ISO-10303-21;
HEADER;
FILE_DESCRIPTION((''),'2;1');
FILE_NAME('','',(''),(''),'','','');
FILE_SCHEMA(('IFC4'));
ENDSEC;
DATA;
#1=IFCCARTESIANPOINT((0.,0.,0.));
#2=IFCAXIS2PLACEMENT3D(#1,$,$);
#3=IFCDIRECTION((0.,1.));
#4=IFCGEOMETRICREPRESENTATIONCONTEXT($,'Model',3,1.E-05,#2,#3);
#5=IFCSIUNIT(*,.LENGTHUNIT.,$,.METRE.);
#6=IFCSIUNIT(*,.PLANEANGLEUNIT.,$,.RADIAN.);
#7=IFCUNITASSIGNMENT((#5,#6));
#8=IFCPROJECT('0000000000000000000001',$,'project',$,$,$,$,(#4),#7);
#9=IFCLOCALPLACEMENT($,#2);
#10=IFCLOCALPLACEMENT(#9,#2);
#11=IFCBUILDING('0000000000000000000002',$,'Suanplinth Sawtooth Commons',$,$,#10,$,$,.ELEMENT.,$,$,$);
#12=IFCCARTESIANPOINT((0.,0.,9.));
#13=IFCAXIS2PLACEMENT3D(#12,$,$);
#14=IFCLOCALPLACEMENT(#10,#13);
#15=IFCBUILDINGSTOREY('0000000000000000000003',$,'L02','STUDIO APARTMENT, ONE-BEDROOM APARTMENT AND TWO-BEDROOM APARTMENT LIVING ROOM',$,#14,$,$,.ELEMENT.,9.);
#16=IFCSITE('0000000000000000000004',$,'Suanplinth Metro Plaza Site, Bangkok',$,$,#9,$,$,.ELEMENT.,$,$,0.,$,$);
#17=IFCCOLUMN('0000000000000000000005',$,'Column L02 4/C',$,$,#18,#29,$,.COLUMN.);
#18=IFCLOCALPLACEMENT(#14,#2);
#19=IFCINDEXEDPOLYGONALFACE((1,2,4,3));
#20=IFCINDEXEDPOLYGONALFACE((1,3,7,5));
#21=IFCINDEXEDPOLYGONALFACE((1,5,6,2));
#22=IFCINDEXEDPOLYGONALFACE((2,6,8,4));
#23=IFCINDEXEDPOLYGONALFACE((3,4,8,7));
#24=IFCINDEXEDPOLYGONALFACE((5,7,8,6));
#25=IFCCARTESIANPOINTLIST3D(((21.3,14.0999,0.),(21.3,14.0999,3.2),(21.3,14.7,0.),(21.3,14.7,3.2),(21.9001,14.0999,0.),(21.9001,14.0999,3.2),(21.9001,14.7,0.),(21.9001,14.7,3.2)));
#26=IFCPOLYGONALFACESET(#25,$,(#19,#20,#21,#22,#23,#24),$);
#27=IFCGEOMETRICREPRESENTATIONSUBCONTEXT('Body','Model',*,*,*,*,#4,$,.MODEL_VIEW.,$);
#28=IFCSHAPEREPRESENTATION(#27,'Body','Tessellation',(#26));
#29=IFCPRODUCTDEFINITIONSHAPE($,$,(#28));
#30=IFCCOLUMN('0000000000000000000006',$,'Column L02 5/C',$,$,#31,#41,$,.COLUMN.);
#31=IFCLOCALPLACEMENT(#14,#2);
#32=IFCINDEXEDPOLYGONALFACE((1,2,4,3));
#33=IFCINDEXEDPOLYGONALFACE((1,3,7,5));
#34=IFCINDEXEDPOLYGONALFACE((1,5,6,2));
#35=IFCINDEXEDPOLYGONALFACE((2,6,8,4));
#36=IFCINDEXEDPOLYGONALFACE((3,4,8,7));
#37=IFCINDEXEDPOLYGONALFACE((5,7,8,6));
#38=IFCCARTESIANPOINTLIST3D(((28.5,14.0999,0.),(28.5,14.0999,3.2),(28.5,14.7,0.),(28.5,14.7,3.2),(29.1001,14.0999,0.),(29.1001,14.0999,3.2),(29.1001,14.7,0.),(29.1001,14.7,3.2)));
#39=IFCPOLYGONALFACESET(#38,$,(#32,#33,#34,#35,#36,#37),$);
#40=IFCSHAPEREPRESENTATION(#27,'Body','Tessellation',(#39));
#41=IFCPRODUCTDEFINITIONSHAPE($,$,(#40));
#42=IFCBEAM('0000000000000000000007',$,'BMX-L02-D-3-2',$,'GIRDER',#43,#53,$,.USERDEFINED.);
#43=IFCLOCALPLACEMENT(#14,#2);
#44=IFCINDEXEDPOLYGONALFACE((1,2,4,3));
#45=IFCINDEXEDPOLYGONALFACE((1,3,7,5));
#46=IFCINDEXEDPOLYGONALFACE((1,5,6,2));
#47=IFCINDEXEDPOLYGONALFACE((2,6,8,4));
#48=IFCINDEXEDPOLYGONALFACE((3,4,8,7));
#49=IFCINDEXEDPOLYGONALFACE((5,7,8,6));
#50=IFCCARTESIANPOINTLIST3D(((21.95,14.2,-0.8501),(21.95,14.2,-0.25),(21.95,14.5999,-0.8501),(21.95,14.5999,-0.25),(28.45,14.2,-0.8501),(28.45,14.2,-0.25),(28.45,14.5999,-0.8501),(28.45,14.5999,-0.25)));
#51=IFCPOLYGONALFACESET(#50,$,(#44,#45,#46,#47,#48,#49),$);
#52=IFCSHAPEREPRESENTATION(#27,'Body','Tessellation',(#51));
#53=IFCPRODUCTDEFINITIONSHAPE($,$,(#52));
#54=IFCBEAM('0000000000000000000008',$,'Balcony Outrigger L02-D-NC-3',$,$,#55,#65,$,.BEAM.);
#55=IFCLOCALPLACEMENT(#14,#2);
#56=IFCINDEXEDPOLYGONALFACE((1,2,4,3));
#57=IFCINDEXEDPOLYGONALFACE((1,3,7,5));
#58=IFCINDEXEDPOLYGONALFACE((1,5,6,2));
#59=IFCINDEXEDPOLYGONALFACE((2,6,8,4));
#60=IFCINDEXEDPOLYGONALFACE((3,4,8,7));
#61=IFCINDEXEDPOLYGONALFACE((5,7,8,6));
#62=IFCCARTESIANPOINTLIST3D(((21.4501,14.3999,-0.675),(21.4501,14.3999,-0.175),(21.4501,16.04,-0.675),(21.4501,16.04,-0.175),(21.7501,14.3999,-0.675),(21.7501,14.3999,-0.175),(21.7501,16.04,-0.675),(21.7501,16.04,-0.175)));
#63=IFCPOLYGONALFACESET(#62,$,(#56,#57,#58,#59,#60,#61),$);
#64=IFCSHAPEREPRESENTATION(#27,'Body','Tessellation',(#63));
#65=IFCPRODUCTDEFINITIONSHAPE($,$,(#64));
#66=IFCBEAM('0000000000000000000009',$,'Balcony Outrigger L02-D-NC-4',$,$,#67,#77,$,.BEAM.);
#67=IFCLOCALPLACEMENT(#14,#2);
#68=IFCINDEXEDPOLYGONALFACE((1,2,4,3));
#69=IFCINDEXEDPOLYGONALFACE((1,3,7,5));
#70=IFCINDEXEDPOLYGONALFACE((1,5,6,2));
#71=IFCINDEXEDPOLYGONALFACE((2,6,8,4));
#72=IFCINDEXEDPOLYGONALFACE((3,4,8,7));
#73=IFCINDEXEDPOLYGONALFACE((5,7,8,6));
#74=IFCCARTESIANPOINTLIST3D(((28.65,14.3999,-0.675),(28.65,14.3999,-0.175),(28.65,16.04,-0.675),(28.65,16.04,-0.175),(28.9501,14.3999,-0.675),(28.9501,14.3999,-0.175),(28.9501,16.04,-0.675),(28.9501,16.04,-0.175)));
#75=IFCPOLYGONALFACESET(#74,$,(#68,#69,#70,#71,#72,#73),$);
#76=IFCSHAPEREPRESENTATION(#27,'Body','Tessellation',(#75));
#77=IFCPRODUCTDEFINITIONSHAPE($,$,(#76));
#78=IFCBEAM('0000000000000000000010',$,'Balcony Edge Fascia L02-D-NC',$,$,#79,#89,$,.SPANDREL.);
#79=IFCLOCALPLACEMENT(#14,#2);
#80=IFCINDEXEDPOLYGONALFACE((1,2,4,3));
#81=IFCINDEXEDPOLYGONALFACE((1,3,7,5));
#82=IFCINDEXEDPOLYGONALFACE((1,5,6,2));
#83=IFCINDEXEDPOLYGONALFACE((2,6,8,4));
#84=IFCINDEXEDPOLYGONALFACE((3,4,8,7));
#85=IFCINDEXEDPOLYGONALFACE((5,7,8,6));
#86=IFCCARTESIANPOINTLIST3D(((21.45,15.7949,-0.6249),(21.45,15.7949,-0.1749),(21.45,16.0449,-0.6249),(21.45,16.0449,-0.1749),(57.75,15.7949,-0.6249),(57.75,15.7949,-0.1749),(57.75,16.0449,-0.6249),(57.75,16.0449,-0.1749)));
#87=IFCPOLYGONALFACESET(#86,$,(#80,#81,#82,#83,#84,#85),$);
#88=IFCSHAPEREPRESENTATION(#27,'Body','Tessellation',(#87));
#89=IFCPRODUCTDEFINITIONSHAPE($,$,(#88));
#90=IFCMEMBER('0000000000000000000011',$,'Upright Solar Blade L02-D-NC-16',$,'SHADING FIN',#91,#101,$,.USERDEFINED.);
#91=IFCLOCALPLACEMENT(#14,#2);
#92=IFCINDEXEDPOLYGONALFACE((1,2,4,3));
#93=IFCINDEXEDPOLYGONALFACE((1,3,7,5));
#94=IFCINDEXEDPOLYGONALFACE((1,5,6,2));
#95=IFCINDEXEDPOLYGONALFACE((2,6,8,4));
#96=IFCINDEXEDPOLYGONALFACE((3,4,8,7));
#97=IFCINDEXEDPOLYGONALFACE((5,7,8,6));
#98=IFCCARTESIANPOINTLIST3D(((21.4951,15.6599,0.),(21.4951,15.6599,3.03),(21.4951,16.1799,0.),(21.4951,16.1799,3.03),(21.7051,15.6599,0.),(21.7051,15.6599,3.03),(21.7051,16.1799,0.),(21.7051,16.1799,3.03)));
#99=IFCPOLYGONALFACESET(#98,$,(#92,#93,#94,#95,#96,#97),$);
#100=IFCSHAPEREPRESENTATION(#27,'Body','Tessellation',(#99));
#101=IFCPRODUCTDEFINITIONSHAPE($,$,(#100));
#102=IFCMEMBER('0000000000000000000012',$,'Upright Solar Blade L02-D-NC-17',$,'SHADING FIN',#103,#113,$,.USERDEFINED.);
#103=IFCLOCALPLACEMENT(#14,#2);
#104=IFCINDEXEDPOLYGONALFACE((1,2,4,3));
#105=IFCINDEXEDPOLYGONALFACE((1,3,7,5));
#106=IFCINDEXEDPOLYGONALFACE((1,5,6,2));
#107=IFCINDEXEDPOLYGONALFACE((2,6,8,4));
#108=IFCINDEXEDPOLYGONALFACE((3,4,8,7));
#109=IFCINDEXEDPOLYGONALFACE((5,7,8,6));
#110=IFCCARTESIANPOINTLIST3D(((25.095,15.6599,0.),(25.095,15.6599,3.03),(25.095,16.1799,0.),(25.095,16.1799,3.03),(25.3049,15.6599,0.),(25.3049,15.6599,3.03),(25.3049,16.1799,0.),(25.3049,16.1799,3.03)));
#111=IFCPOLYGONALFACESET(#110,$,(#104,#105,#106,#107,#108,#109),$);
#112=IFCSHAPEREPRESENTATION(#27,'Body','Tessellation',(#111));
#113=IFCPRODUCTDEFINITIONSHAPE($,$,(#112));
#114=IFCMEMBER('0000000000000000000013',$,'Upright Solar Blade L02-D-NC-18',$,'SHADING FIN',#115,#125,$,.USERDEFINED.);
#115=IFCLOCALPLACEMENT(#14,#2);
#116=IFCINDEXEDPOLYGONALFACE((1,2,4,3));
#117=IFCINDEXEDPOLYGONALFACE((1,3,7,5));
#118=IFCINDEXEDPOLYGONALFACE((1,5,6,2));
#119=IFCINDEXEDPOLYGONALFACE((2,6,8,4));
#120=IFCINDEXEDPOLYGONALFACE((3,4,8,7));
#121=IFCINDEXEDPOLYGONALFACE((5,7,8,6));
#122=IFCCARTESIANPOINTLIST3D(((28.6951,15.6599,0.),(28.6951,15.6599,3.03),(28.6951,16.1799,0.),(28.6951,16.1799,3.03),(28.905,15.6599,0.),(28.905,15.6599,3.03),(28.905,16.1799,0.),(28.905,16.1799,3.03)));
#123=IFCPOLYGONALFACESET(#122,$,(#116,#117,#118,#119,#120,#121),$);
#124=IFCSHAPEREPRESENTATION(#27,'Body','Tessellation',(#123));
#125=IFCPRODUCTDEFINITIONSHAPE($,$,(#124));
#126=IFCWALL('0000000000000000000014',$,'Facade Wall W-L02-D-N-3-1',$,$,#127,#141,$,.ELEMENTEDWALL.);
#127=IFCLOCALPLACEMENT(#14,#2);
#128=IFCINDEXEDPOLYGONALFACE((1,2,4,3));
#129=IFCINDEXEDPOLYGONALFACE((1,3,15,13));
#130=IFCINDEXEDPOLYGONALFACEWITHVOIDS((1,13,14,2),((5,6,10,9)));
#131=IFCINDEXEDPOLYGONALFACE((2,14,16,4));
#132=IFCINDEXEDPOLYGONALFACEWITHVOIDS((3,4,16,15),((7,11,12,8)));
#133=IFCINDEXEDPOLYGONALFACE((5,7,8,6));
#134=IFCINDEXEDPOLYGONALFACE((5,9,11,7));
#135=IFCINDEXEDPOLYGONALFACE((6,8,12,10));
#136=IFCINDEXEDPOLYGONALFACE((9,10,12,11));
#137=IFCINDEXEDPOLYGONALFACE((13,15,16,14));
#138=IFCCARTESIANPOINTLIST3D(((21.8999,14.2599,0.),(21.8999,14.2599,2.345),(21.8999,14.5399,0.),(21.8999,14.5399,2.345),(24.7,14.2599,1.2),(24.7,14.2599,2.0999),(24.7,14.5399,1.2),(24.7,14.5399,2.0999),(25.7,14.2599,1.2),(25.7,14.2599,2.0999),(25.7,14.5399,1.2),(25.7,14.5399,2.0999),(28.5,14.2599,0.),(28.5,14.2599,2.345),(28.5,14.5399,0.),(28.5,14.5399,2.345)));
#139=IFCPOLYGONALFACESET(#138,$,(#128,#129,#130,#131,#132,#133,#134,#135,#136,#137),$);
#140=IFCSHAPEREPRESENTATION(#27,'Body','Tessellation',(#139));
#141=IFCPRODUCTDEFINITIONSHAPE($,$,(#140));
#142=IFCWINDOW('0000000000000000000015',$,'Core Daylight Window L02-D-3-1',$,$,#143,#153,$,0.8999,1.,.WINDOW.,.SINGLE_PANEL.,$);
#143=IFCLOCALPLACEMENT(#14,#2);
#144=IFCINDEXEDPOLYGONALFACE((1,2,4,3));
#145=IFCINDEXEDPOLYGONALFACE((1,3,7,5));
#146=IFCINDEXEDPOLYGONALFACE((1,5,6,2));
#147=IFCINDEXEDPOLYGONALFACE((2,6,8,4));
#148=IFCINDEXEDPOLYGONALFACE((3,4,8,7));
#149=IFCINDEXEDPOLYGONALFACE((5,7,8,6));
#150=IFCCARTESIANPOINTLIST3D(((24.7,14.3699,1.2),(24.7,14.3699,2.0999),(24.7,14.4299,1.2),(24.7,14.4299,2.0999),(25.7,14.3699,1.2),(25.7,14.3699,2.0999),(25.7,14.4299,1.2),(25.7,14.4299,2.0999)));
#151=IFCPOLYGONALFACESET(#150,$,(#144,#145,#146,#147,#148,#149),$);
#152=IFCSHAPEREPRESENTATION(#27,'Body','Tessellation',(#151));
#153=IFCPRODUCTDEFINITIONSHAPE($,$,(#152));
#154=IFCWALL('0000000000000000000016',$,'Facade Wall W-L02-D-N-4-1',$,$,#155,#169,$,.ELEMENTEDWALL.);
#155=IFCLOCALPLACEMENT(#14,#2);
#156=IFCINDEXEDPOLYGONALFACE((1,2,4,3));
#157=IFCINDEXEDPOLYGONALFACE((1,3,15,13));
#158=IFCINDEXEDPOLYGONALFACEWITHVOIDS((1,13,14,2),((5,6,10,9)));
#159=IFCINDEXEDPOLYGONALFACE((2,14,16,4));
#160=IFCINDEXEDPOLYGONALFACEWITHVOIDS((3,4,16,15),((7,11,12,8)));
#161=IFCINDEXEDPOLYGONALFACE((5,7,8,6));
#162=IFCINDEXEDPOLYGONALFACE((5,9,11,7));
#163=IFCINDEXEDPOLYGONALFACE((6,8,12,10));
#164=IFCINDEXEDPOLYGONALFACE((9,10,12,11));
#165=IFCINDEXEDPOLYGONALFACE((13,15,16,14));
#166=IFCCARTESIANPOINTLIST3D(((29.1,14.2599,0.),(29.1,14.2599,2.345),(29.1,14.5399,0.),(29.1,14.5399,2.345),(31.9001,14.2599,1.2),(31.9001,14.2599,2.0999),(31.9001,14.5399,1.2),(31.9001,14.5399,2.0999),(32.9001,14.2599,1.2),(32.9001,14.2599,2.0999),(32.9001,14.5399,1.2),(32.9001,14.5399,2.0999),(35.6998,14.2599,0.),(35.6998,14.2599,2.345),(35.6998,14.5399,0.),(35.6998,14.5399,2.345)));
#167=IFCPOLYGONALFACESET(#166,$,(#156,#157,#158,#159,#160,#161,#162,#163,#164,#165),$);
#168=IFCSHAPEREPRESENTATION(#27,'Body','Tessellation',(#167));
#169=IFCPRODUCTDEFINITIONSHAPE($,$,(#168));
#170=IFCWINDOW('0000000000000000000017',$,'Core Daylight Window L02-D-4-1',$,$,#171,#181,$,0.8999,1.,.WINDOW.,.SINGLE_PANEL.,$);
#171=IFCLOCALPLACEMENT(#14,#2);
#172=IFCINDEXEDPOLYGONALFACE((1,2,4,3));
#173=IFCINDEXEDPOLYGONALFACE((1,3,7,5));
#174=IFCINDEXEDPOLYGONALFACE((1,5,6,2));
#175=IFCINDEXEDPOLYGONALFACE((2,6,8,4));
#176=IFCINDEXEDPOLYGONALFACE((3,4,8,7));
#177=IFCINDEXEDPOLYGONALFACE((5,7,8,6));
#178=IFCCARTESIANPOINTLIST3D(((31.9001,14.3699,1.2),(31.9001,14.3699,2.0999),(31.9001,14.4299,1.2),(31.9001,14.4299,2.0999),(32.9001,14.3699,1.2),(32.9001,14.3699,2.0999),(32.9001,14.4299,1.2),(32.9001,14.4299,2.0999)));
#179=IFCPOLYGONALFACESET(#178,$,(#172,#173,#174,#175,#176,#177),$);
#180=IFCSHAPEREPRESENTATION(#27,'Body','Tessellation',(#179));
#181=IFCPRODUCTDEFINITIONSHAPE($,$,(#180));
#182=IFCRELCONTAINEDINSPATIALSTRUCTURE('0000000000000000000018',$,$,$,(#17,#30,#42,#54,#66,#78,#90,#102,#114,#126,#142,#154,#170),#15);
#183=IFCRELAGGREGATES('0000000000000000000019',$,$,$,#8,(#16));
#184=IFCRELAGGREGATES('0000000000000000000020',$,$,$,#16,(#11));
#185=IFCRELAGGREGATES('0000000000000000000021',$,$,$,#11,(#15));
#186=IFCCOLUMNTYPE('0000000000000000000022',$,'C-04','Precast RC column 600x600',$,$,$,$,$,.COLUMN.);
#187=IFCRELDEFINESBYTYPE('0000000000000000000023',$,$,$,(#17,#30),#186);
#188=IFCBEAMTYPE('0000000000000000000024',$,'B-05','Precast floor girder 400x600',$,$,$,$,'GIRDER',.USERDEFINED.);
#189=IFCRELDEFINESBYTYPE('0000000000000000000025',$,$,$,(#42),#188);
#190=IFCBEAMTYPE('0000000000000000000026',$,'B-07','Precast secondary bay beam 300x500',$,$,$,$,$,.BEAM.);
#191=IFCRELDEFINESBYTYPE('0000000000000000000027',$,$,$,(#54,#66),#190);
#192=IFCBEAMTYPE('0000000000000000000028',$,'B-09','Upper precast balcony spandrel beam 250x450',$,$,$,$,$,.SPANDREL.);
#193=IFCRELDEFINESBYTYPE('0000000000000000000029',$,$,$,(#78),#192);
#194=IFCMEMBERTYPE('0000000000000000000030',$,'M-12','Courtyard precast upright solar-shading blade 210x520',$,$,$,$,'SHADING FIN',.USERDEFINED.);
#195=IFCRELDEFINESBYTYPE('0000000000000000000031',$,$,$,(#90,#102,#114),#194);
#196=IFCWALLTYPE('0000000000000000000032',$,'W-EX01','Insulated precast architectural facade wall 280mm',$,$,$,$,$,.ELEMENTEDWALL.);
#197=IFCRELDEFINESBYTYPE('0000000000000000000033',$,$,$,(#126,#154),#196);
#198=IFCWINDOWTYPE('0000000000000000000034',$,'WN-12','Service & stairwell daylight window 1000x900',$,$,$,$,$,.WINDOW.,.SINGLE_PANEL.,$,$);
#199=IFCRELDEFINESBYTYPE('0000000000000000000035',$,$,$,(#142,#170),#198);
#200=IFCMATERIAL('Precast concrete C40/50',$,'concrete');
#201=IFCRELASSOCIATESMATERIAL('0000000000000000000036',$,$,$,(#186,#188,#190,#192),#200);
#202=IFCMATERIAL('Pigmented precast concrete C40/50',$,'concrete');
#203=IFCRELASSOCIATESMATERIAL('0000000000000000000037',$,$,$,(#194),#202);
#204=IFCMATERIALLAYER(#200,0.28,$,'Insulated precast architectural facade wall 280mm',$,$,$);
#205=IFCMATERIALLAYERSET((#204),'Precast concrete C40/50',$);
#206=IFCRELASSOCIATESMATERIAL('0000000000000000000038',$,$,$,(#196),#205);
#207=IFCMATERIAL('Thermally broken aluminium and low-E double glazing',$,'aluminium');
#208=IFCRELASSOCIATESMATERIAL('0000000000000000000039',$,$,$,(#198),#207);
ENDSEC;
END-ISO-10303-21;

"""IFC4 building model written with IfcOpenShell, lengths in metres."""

from ifc_helpers import new_model, si_unit, direction, frame, frame_2d, origin, origin_2d, place, context, subcontext, project, spatial, rectangle, extrude, material, layer, layer_set, material_profile, profile_set, type_object, element, fill, save


model = new_model("IFC4")

# Units and contexts
model_context = context("Model", 3, precision=1e-05, world=origin(), true_north=direction((0.0, 1.0)))
body_context = subcontext(model_context, "Body", "Model", "MODEL_VIEW")
ifc_project = project(units=[si_unit("LENGTHUNIT", "METRE"), si_unit("PLANEANGLEUNIT", "RADIAN")], contexts=[model_context])

# Site, building, storey
site_placement = place(None, origin())
site = spatial("IfcSite", under=ifc_project, at=site_placement, Name="Suanplinth Metro Plaza Site, Bangkok", CompositionType="ELEMENT", RefElevation=0.0)
building_placement = place(site_placement, origin())
building = spatial("IfcBuilding", under=site, at=building_placement, Name="Suanplinth Sawtooth Commons", CompositionType="ELEMENT")
storey_placement = place(building_placement, frame((0.0, 0.0, 9.0)))
storey = spatial("IfcBuildingStorey", under=building, at=storey_placement, Name="L02", Description="STUDIO APARTMENT, ONE-BEDROOM APARTMENT AND TWO-BEDROOM APARTMENT LIVING ROOM", CompositionType="ELEMENT", Elevation=9.0)

# Columns
ifc_material_1 = material(Name="Precast concrete C40/50", Category="concrete")
ifc_material_profile_1 = material_profile(ifc_material_1, rectangle(XDim=0.6001, YDim=0.6001, at=origin_2d()), Name="PC-COL 600x600")
ifc_profile_set_1 = profile_set([ifc_material_profile_1], Name="Precast concrete C40/50")
column_type = type_object("IfcColumnType", Name="C-04", Description="Precast RC column 600x600", PredefinedType="COLUMN", material=ifc_profile_set_1)
for number, where, z_axis, x_axis, name in (
    (1, (21.6001, 14.3999, 0.0), (0.0, 0.0, 1.0), (1.0, 0.0, 0.0), "Column L02 4/C"),
    (2, (28.8, 14.3999, 0.0), (0.0, 0.0, 1.0), (1.0, 0.0, 0.0), "Column L02 5/C"),
):
    element("IfcColumn", number, at=place(storey_placement, frame(where, z_axis=z_axis, x_axis=x_axis)), inside=storey, type_object=column_type, Name=name, PredefinedType="COLUMN", context=body_context, shape_type="SweptSolid", body=[
        extrude(rectangle(XDim=0.6001, YDim=0.6001, at=origin_2d()), origin(), (0.0, 0.0, 1.0), 3.2),
    ])

# Beams
ifc_material_profile_2 = material_profile(ifc_material_1, rectangle(XDim=0.3999, YDim=0.6001, at=origin_2d()), Name="PC-GDR 400x600")
ifc_profile_set_2 = profile_set([ifc_material_profile_2], Name="Precast concrete C40/50")
beam_type_1 = type_object("IfcBeamType", Name="B-05", Description="Precast floor girder 400x600", ElementType="GIRDER", PredefinedType="USERDEFINED", material=ifc_profile_set_2)
beam_1_placement = place(storey_placement, frame((21.95, 14.3999, -0.55), z_axis=(1.0, 0.0, 0.0), x_axis=(0.0, 1.0, 0.0)))
element("IfcBeam", 3, at=beam_1_placement, inside=storey, type_object=beam_type_1, Name="BMX-L02-D-3-2", ObjectType="GIRDER", PredefinedType="USERDEFINED", context=body_context, shape_type="SweptSolid", body=[
    extrude(rectangle(XDim=0.3999, YDim=0.6001, at=origin_2d()), origin(), (0.0, 0.0, 1.0), 6.5),
])
ifc_material_profile_3 = material_profile(ifc_material_1, rectangle(XDim=0.3, YDim=0.5, at=origin_2d()), Name="PC-BM 300x500")
ifc_profile_set_3 = profile_set([ifc_material_profile_3], Name="Precast concrete C40/50")
beam_type_2 = type_object("IfcBeamType", Name="B-07", Description="Precast secondary bay beam 300x500", PredefinedType="BEAM", material=ifc_profile_set_3)
for number, where, z_axis, x_axis, name in (
    (4, (21.6001, 14.3999, -0.425), (0.0, 1.0, 0.0), (-1.0, 0.0, 0.0), "Balcony Outrigger L02-D-NC-3"),
    (5, (28.8, 14.3999, -0.425), (0.0, 1.0, 0.0), (-1.0, 0.0, 0.0), "Balcony Outrigger L02-D-NC-4"),
):
    element("IfcBeam", number, at=place(storey_placement, frame(where, z_axis=z_axis, x_axis=x_axis)), inside=storey, type_object=beam_type_2, Name=name, PredefinedType="BEAM", context=body_context, shape_type="SweptSolid", body=[
        extrude(rectangle(XDim=0.3, YDim=0.5, at=origin_2d()), origin(), (0.0, 0.0, 1.0), 1.6401),
    ])
ifc_material_profile_4 = material_profile(ifc_material_1, rectangle(XDim=0.25, YDim=0.45, at=origin_2d()), Name="PC-SP 250x450")
ifc_profile_set_4 = profile_set([ifc_material_profile_4], Name="Precast concrete C40/50")
beam_type_3 = type_object("IfcBeamType", Name="B-09", Description="Upper precast balcony spandrel beam 250x450", PredefinedType="SPANDREL", material=ifc_profile_set_4)
beam_2_placement = place(storey_placement, frame((21.45, 15.9199, -0.3999), z_axis=(1.0, 0.0, 0.0), x_axis=(0.0, 1.0, 0.0)))
element("IfcBeam", 6, at=beam_2_placement, inside=storey, type_object=beam_type_3, Name="Balcony Edge Fascia L02-D-NC", PredefinedType="SPANDREL", context=body_context, shape_type="SweptSolid", body=[
    extrude(rectangle(XDim=0.25, YDim=0.45, at=origin_2d()), origin(), (0.0, 0.0, 1.0), 36.3),
])

# Members
ifc_material_2 = material(Name="Pigmented precast concrete C40/50", Category="concrete")
ifc_material_profile_5 = material_profile(ifc_material_2, rectangle(XDim=0.21, YDim=0.52, at=origin_2d()), Name="PC-FIN 210x520")
ifc_profile_set_5 = profile_set([ifc_material_profile_5], Name="Pigmented precast concrete C40/50")
member_type = type_object("IfcMemberType", Name="M-12", Description="Courtyard precast upright solar-shading blade 210x520", ElementType="SHADING FIN", PredefinedType="USERDEFINED", material=ifc_profile_set_5)
for number, where, z_axis, x_axis, name in (
    (7, (21.6001, 15.9199, 0.0), (0.0, 0.0, 1.0), (1.0, 0.0, 0.0), "Upright Solar Blade L02-D-NC-16"),
    (8, (25.2, 15.9199, 0.0), (0.0, 0.0, 1.0), (1.0, 0.0, 0.0), "Upright Solar Blade L02-D-NC-17"),
    (9, (28.8, 15.9199, 0.0), (0.0, 0.0, 1.0), (1.0, 0.0, 0.0), "Upright Solar Blade L02-D-NC-18"),
):
    element("IfcMember", number, at=place(storey_placement, frame(where, z_axis=z_axis, x_axis=x_axis)), inside=storey, type_object=member_type, Name=name, ObjectType="SHADING FIN", PredefinedType="USERDEFINED", context=body_context, shape_type="SweptSolid", body=[
        extrude(rectangle(XDim=0.21, YDim=0.52, at=origin_2d()), origin(), (0.0, 0.0, 1.0), 3.03),
    ])

# Walls, openings, windows
ifc_layer_1 = layer(ifc_material_1, 0.28, Name="Insulated precast architectural facade wall 280mm")
ifc_layer_set_1 = layer_set([ifc_layer_1], Name="Precast concrete C40/50")
wall_type_1 = type_object("IfcWallType", Name="W-EX01", Description="Insulated precast architectural facade wall 280mm", PredefinedType="ELEMENTEDWALL", material=ifc_layer_set_1)
wall_1_placement = place(storey_placement, frame((21.8999, 14.3999, 0.0), z_axis=(0.0, 0.0, 1.0), x_axis=(1.0, 0.0, 0.0)))
wall_1 = element("IfcWall", 10, at=wall_1_placement, inside=storey, type_object=wall_type_1, Name="Facade Wall W-L02-D-N-3-1", PredefinedType="ELEMENTEDWALL", context=body_context, shape_type="SweptSolid", body=[
    extrude(rectangle(XDim=6.6001, YDim=0.28, at=frame_2d((3.3, 0.0))), origin(), (0.0, 0.0, 1.0), 2.345),
])
opening_1_placement = place(wall_1_placement, frame((2.8, 0.0, 1.2)))
opening_1 = element("IfcOpeningElement", 11, at=opening_1_placement, cuts=wall_1, PredefinedType="OPENING", context=body_context, shape_type="SweptSolid", body=[
    extrude(rectangle(XDim=1.0, YDim=0.8999, at=frame_2d((0.5, 0.45))), frame((0.0, 0.1548, 0.0), z_axis=(0.0, -1.0, 0.0), x_axis=(1.0, 0.0, 0.0)), (0.0, 0.0, 1.0), 0.3098),
])
ifc_material_3 = material(Name="Thermally broken aluminium and low-E double glazing", Category="aluminium")
window_type = type_object("IfcWindowType", Name="WN-12", Description="Service & stairwell daylight window 1000x900", PartitioningType="SINGLE_PANEL", PredefinedType="WINDOW", material=ifc_material_3)
window_1_placement = place(opening_1_placement, origin())
window_1 = element("IfcWindow", 12, at=window_1_placement, inside=storey, type_object=window_type, Name="Core Daylight Window L02-D-3-1", OverallHeight=0.8999, OverallWidth=1.0, PartitioningType="SINGLE_PANEL", PredefinedType="WINDOW", context=body_context, shape_type="SweptSolid", body=[
    extrude(rectangle(XDim=1.0, YDim=0.8999, at=frame_2d((0.5, 0.45))), frame((0.0, 0.03, 0.0), z_axis=(0.0, -1.0, 0.0), x_axis=(1.0, 0.0, 0.0)), (0.0, 0.0, 1.0), 0.0601),
])
fill(opening_1, window_1)
wall_2_placement = place(storey_placement, frame((29.1001, 14.3999, 0.0), z_axis=(0.0, 0.0, 1.0), x_axis=(1.0, 0.0, 0.0)))
wall_2 = element("IfcWall", 13, at=wall_2_placement, inside=storey, type_object=wall_type_1, Name="Facade Wall W-L02-D-N-4-1", PredefinedType="ELEMENTEDWALL", context=body_context, shape_type="SweptSolid", body=[
    extrude(rectangle(XDim=6.5999, YDim=0.28, at=frame_2d((3.2998, 0.0))), origin(), (0.0, 0.0, 1.0), 2.345),
])
opening_2_placement = place(wall_2_placement, frame((2.8, 0.0, 1.2)))
opening_2 = element("IfcOpeningElement", 14, at=opening_2_placement, cuts=wall_2, PredefinedType="OPENING", context=body_context, shape_type="SweptSolid", body=[
    extrude(rectangle(XDim=1.0, YDim=0.8999, at=frame_2d((0.5, 0.45))), frame((0.0, 0.1548, 0.0), z_axis=(0.0, -1.0, 0.0), x_axis=(1.0, 0.0, 0.0)), (0.0, 0.0, 1.0), 0.3098),
])
window_2_placement = place(opening_2_placement, origin())
window_2 = element("IfcWindow", 15, at=window_2_placement, inside=storey, type_object=window_type, Name="Core Daylight Window L02-D-4-1", OverallHeight=0.8999, OverallWidth=1.0, PartitioningType="SINGLE_PANEL", PredefinedType="WINDOW", context=body_context, shape_type="SweptSolid", body=[
    extrude(rectangle(XDim=1.0, YDim=0.8999, at=frame_2d((0.5, 0.45))), frame((0.0, 0.03, 0.0), z_axis=(0.0, -1.0, 0.0), x_axis=(1.0, 0.0, 0.0)), (0.0, 0.0, 1.0), 0.0601),
])
fill(opening_2, window_2)

save(model, "model.ifc")
